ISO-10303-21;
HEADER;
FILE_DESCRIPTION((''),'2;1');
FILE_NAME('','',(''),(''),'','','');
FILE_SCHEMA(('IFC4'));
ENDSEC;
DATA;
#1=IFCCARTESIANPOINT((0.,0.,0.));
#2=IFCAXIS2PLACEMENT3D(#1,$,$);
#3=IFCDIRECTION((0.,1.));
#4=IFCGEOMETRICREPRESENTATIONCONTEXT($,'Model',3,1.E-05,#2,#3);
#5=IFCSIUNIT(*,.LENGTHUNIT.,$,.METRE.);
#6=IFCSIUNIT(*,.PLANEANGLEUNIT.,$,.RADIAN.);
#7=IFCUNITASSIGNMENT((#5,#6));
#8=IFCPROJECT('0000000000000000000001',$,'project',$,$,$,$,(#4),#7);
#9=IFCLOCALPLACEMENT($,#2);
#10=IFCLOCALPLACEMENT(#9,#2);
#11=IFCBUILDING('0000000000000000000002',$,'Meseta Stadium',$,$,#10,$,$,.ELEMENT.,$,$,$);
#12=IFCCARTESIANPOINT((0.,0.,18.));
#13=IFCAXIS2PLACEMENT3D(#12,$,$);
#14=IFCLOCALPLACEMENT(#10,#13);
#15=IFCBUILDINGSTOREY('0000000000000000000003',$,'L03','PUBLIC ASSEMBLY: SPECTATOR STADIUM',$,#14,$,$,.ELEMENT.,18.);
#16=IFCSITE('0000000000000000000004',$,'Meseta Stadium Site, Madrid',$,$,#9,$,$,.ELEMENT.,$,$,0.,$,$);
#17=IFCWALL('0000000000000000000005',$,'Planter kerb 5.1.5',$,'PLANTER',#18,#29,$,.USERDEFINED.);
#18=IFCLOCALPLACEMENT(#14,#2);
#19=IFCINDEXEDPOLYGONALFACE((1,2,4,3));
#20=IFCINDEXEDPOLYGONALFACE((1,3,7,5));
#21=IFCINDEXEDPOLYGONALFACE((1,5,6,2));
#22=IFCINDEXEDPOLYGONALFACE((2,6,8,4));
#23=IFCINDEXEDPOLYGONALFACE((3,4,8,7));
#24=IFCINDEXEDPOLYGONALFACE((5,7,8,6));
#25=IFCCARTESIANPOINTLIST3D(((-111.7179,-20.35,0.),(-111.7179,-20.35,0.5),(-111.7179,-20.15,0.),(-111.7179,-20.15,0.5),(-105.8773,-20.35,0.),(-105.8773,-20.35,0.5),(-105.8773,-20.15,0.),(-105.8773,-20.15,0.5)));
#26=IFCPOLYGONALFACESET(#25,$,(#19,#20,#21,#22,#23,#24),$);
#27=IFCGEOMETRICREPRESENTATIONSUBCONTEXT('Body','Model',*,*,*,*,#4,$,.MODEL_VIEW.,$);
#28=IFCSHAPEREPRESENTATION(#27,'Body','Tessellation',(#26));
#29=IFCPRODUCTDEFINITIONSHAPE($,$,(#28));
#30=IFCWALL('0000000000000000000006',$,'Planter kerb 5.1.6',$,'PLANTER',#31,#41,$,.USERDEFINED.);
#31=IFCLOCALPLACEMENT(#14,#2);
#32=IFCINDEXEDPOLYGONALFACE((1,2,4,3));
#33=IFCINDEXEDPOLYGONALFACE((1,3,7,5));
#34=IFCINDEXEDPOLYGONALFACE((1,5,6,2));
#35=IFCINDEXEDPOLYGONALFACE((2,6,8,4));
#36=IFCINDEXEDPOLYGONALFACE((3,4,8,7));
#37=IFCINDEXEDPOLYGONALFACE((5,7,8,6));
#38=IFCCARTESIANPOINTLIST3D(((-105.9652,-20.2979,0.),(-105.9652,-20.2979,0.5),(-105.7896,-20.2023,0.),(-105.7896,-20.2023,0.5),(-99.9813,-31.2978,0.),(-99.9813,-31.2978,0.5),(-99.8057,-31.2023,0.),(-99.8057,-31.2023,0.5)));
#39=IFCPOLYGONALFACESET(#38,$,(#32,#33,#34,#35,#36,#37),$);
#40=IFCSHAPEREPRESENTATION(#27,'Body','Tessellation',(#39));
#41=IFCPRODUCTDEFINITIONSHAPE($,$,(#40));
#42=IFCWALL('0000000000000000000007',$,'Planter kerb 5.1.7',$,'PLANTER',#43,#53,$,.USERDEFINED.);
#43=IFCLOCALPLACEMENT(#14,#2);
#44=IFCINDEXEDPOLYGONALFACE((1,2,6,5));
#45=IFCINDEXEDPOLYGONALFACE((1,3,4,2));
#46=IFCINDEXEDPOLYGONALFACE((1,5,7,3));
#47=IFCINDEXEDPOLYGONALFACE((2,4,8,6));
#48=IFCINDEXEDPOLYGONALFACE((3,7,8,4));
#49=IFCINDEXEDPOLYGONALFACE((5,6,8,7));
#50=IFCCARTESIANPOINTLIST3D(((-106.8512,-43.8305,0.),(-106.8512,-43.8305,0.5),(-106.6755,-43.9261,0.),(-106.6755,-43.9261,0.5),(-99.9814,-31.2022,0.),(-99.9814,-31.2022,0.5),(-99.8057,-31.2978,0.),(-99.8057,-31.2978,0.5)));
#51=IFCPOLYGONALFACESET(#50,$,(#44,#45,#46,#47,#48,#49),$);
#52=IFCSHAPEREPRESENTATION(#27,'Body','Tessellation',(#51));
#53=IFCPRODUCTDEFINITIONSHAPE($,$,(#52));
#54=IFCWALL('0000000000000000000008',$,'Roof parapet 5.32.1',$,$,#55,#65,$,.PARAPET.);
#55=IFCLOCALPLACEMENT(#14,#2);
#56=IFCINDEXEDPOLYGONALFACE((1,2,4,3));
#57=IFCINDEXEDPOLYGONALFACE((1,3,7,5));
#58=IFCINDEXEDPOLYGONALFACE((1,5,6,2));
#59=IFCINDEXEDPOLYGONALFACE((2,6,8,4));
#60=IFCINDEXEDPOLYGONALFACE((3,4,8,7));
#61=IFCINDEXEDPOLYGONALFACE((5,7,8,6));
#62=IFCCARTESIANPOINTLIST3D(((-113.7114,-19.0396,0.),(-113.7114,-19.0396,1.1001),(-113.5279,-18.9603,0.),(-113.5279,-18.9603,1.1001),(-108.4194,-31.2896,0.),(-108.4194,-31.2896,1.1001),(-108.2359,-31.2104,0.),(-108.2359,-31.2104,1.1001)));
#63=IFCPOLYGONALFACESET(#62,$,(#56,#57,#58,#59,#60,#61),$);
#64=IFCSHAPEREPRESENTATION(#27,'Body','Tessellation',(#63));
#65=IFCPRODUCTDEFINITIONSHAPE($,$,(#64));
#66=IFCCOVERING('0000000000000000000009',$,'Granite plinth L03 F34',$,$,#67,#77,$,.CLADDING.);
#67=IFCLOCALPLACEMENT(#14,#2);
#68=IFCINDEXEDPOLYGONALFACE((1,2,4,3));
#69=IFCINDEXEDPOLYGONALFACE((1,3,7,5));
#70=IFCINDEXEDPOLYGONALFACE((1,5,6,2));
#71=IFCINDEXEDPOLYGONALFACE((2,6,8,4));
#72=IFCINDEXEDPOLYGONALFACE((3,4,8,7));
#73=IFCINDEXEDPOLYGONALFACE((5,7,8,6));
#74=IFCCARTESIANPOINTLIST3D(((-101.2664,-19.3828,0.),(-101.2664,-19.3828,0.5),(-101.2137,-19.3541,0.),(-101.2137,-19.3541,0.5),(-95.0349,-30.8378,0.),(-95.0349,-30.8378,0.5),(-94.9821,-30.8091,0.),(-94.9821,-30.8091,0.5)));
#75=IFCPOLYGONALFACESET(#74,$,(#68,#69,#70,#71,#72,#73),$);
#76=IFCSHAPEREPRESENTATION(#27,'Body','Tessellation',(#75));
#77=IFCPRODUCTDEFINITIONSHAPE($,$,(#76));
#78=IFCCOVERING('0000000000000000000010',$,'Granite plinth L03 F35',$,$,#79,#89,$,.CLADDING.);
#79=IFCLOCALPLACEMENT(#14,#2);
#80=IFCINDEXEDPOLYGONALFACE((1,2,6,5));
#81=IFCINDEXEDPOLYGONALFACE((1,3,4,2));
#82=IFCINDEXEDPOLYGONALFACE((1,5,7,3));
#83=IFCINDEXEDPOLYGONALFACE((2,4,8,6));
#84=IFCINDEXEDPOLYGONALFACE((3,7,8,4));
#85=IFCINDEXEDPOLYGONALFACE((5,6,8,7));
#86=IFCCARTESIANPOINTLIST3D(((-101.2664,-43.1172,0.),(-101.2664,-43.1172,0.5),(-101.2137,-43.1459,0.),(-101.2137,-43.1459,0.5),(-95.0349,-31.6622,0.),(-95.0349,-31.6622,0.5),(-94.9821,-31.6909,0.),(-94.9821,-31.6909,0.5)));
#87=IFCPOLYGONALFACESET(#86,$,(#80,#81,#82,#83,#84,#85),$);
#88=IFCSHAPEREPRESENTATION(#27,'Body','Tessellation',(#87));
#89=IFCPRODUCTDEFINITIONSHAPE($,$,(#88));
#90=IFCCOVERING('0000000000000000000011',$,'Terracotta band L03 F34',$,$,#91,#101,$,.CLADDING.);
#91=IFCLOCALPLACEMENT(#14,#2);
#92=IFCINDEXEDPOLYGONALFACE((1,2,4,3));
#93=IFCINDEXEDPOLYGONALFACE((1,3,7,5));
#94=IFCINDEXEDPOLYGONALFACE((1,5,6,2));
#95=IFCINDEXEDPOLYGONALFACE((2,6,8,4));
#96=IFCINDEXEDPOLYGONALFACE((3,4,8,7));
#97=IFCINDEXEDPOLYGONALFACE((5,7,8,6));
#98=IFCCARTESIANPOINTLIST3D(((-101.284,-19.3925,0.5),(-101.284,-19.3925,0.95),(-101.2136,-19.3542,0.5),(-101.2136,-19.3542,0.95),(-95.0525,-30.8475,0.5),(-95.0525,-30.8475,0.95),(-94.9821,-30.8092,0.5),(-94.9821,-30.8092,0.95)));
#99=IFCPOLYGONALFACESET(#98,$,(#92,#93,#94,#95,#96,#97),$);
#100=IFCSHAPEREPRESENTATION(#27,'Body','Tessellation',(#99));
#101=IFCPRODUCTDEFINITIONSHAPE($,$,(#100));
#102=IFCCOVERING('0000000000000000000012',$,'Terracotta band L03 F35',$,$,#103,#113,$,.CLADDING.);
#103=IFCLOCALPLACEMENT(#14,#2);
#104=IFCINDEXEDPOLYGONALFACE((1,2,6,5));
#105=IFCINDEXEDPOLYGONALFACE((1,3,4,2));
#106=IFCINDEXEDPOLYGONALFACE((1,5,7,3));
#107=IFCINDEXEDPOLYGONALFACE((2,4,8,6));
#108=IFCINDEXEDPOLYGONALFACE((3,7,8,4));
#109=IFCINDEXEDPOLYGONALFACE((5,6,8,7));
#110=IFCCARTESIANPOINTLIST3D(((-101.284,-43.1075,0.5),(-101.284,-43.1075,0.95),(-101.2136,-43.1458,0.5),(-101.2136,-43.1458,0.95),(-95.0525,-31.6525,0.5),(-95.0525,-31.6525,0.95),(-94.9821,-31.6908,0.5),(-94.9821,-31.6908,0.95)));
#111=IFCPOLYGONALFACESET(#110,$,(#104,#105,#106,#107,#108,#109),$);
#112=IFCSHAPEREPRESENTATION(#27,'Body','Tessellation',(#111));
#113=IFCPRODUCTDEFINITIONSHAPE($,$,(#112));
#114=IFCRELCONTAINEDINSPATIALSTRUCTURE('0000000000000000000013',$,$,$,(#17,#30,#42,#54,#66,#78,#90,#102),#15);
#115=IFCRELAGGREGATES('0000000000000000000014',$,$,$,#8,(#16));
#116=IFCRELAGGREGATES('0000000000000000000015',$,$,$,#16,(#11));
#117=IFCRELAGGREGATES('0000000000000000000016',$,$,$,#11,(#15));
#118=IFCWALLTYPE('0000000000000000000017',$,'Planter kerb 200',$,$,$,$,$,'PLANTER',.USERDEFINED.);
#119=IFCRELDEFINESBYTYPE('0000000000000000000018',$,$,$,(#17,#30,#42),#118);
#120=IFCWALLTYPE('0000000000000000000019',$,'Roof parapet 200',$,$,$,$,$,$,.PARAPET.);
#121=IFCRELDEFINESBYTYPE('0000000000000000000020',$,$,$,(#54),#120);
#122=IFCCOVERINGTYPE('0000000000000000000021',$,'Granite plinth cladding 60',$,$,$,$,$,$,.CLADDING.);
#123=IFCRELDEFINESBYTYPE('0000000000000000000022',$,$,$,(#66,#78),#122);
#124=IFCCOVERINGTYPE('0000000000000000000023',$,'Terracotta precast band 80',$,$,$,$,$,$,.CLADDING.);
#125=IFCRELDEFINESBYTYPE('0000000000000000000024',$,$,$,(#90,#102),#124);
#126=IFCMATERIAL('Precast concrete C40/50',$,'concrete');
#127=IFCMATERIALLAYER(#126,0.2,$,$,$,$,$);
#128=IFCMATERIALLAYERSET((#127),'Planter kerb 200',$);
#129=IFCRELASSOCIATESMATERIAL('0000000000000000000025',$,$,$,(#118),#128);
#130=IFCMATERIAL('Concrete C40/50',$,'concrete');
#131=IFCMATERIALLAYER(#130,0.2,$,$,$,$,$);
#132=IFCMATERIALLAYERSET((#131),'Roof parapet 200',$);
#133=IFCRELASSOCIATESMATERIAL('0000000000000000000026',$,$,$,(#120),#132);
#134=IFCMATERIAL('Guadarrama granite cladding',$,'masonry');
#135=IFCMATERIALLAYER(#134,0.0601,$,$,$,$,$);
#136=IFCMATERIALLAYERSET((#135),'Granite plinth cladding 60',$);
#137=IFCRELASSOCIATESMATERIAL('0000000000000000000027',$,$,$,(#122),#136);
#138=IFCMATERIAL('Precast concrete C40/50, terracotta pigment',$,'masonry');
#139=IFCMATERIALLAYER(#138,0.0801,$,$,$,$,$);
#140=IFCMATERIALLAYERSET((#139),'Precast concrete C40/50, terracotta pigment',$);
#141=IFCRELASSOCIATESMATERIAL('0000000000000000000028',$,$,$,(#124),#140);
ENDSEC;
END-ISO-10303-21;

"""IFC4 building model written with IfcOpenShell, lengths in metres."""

from ifc_helpers import new_model, si_unit, direction, frame, frame_2d, origin, origin_2d, place, context, subcontext, project, spatial, rectangle, extrude, material, layer, layer_set, type_object, element, save


model = new_model("IFC4")

# Units and contexts
model_context = context("Model", 3, precision=1e-05, world=origin(), true_north=direction((0.0, 1.0)))
body_context = subcontext(model_context, "Body", "Model", "MODEL_VIEW")
ifc_project = project(units=[si_unit("LENGTHUNIT", "METRE"), si_unit("PLANEANGLEUNIT", "RADIAN")], contexts=[model_context])

# Site, building, storey
site_placement = place(None, origin())
site = spatial("IfcSite", under=ifc_project, at=site_placement, Name="Meseta Stadium Site, Madrid", CompositionType="ELEMENT", RefElevation=0.0)
building_placement = place(site_placement, origin())
building = spatial("IfcBuilding", under=site, at=building_placement, Name="Meseta Stadium", CompositionType="ELEMENT")
storey_placement = place(building_placement, frame((0.0, 0.0, 18.0)))
storey = spatial("IfcBuildingStorey", under=building, at=storey_placement, Name="L03", Description="PUBLIC ASSEMBLY: SPECTATOR STADIUM", CompositionType="ELEMENT", Elevation=18.0)

# Walls
ifc_material_1 = material(Name="Precast concrete C40/50", Category="concrete")
ifc_layer_1 = layer(ifc_material_1, 0.2)
ifc_layer_set_1 = layer_set([ifc_layer_1], Name="Planter kerb 200")
wall_type_1 = type_object("IfcWallType", Name="Planter kerb 200", ElementType="PLANTER", PredefinedType="USERDEFINED", material=ifc_layer_set_1)
wall_1_placement = place(storey_placement, frame((-111.718, -20.25, 0.0), z_axis=(0.0, 0.0, 1.0), x_axis=(1.0, 0.0, 0.0)))
element("IfcWall", 1, at=wall_1_placement, inside=storey, type_object=wall_type_1, Name="Planter kerb 5.1.5", ObjectType="PLANTER", PredefinedType="USERDEFINED", context=body_context, shape_type="SweptSolid", body=[
    extrude(rectangle(XDim=5.8406, YDim=0.2, at=frame_2d((2.9204, 0.0))), origin(), (0.0, 0.0, 1.0), 0.5),
])
wall_2_placement = place(storey_placement, frame((-105.8774, -20.25, 0.0), z_axis=(0.0, 0.0, 1.0), x_axis=(0.47786, -0.878436, 0.0)))
element("IfcWall", 2, at=wall_2_placement, inside=storey, type_object=wall_type_1, Name="Planter kerb 5.1.6", ObjectType="PLANTER", PredefinedType="USERDEFINED", context=body_context, shape_type="SweptSolid", body=[
    extrude(rectangle(XDim=12.5222, YDim=0.2, at=frame_2d((6.2612, 0.0))), origin(), (0.0, 0.0, 1.0), 0.5),
])
wall_3_placement = place(storey_placement, frame((-99.8936, -31.25, 0.0), z_axis=(0.0, 0.0, 1.0), x_axis=(-0.477868, -0.878432, 0.0)))
element("IfcWall", 3, at=wall_3_placement, inside=storey, type_object=wall_type_1, Name="Planter kerb 5.1.7", ObjectType="PLANTER", PredefinedType="USERDEFINED", context=body_context, shape_type="SweptSolid", body=[
    extrude(rectangle(XDim=14.376, YDim=0.2, at=frame_2d((7.188, 0.0))), origin(), (0.0, 0.0, 1.0), 0.5),
])
ifc_material_2 = material(Name="Concrete C40/50", Category="concrete")
ifc_layer_2 = layer(ifc_material_2, 0.2)
ifc_layer_set_2 = layer_set([ifc_layer_2], Name="Roof parapet 200")
wall_type_2 = type_object("IfcWallType", Name="Roof parapet 200", PredefinedType="PARAPET", material=ifc_layer_set_2)
wall_4_placement = place(storey_placement, frame((-108.3276, -31.25, 0.0), z_axis=(0.0, 0.0, 1.0), x_axis=(-0.396576, 0.918002, 0.0)))
element("IfcWall", 4, at=wall_4_placement, inside=storey, type_object=wall_type_2, Name="Roof parapet 5.32.1", PredefinedType="PARAPET", context=body_context, shape_type="SweptSolid", body=[
    extrude(rectangle(XDim=13.3442, YDim=0.2, at=frame_2d((6.6721, 0.0))), origin(), (0.0, 0.0, 1.0), 1.1001),
])

# Coverings
ifc_material_3 = material(Name="Guadarrama granite cladding", Category="masonry")
ifc_layer_3 = layer(ifc_material_3, 0.0601)
ifc_layer_set_3 = layer_set([ifc_layer_3], Name="Granite plinth cladding 60")
covering_type_1 = type_object("IfcCoveringType", Name="Granite plinth cladding 60", PredefinedType="CLADDING", material=ifc_layer_set_3)
for number, where, z_axis, x_axis, name in (
    (5, (-98.1243, -25.0959, 0.0), (0.0, 0.0, 1.0), (-0.477867, 0.878432, 0.0), "Granite plinth L03 F34"),
    (6, (-98.1243, -37.4041, 0.0), (0.0, 0.0, 1.0), (0.477867, 0.878432, 0.0), "Granite plinth L03 F35"),
):
    element("IfcCovering", number, at=place(storey_placement, frame(where, z_axis=z_axis, x_axis=x_axis)), inside=storey, type_object=covering_type_1, Name=name, PredefinedType="CLADDING", context=body_context, shape_type="SweptSolid", body=[
        extrude(rectangle(XDim=13.0403, YDim=0.0601, at=origin_2d()), origin(), (0.0, 0.0, 1.0), 0.5),
    ])
ifc_material_4 = material(Name="Precast concrete C40/50, terracotta pigment", Category="masonry")
ifc_layer_4 = layer(ifc_material_4, 0.0801)
ifc_layer_set_4 = layer_set([ifc_layer_4], Name="Precast concrete C40/50, terracotta pigment")
covering_type_2 = type_object("IfcCoveringType", Name="Terracotta precast band 80", PredefinedType="CLADDING", material=ifc_layer_set_4)
for number, where, z_axis, x_axis, name in (
    (7, (-98.1331, -25.1008, 0.5), (0.0, 0.0, 1.0), (-0.477867, 0.878432, 0.0), "Terracotta band L03 F34"),
    (8, (-98.1331, -37.3992, 0.5), (0.0, 0.0, 1.0), (0.477867, 0.878432, 0.0), "Terracotta band L03 F35"),
):
    element("IfcCovering", number, at=place(storey_placement, frame(where, z_axis=z_axis, x_axis=x_axis)), inside=storey, type_object=covering_type_2, Name=name, PredefinedType="CLADDING", context=body_context, shape_type="SweptSolid", body=[
        extrude(rectangle(XDim=13.0403, YDim=0.0801, at=origin_2d()), origin(), (0.0, 0.0, 1.0), 0.45),
    ])

save(model, "model.ifc")
